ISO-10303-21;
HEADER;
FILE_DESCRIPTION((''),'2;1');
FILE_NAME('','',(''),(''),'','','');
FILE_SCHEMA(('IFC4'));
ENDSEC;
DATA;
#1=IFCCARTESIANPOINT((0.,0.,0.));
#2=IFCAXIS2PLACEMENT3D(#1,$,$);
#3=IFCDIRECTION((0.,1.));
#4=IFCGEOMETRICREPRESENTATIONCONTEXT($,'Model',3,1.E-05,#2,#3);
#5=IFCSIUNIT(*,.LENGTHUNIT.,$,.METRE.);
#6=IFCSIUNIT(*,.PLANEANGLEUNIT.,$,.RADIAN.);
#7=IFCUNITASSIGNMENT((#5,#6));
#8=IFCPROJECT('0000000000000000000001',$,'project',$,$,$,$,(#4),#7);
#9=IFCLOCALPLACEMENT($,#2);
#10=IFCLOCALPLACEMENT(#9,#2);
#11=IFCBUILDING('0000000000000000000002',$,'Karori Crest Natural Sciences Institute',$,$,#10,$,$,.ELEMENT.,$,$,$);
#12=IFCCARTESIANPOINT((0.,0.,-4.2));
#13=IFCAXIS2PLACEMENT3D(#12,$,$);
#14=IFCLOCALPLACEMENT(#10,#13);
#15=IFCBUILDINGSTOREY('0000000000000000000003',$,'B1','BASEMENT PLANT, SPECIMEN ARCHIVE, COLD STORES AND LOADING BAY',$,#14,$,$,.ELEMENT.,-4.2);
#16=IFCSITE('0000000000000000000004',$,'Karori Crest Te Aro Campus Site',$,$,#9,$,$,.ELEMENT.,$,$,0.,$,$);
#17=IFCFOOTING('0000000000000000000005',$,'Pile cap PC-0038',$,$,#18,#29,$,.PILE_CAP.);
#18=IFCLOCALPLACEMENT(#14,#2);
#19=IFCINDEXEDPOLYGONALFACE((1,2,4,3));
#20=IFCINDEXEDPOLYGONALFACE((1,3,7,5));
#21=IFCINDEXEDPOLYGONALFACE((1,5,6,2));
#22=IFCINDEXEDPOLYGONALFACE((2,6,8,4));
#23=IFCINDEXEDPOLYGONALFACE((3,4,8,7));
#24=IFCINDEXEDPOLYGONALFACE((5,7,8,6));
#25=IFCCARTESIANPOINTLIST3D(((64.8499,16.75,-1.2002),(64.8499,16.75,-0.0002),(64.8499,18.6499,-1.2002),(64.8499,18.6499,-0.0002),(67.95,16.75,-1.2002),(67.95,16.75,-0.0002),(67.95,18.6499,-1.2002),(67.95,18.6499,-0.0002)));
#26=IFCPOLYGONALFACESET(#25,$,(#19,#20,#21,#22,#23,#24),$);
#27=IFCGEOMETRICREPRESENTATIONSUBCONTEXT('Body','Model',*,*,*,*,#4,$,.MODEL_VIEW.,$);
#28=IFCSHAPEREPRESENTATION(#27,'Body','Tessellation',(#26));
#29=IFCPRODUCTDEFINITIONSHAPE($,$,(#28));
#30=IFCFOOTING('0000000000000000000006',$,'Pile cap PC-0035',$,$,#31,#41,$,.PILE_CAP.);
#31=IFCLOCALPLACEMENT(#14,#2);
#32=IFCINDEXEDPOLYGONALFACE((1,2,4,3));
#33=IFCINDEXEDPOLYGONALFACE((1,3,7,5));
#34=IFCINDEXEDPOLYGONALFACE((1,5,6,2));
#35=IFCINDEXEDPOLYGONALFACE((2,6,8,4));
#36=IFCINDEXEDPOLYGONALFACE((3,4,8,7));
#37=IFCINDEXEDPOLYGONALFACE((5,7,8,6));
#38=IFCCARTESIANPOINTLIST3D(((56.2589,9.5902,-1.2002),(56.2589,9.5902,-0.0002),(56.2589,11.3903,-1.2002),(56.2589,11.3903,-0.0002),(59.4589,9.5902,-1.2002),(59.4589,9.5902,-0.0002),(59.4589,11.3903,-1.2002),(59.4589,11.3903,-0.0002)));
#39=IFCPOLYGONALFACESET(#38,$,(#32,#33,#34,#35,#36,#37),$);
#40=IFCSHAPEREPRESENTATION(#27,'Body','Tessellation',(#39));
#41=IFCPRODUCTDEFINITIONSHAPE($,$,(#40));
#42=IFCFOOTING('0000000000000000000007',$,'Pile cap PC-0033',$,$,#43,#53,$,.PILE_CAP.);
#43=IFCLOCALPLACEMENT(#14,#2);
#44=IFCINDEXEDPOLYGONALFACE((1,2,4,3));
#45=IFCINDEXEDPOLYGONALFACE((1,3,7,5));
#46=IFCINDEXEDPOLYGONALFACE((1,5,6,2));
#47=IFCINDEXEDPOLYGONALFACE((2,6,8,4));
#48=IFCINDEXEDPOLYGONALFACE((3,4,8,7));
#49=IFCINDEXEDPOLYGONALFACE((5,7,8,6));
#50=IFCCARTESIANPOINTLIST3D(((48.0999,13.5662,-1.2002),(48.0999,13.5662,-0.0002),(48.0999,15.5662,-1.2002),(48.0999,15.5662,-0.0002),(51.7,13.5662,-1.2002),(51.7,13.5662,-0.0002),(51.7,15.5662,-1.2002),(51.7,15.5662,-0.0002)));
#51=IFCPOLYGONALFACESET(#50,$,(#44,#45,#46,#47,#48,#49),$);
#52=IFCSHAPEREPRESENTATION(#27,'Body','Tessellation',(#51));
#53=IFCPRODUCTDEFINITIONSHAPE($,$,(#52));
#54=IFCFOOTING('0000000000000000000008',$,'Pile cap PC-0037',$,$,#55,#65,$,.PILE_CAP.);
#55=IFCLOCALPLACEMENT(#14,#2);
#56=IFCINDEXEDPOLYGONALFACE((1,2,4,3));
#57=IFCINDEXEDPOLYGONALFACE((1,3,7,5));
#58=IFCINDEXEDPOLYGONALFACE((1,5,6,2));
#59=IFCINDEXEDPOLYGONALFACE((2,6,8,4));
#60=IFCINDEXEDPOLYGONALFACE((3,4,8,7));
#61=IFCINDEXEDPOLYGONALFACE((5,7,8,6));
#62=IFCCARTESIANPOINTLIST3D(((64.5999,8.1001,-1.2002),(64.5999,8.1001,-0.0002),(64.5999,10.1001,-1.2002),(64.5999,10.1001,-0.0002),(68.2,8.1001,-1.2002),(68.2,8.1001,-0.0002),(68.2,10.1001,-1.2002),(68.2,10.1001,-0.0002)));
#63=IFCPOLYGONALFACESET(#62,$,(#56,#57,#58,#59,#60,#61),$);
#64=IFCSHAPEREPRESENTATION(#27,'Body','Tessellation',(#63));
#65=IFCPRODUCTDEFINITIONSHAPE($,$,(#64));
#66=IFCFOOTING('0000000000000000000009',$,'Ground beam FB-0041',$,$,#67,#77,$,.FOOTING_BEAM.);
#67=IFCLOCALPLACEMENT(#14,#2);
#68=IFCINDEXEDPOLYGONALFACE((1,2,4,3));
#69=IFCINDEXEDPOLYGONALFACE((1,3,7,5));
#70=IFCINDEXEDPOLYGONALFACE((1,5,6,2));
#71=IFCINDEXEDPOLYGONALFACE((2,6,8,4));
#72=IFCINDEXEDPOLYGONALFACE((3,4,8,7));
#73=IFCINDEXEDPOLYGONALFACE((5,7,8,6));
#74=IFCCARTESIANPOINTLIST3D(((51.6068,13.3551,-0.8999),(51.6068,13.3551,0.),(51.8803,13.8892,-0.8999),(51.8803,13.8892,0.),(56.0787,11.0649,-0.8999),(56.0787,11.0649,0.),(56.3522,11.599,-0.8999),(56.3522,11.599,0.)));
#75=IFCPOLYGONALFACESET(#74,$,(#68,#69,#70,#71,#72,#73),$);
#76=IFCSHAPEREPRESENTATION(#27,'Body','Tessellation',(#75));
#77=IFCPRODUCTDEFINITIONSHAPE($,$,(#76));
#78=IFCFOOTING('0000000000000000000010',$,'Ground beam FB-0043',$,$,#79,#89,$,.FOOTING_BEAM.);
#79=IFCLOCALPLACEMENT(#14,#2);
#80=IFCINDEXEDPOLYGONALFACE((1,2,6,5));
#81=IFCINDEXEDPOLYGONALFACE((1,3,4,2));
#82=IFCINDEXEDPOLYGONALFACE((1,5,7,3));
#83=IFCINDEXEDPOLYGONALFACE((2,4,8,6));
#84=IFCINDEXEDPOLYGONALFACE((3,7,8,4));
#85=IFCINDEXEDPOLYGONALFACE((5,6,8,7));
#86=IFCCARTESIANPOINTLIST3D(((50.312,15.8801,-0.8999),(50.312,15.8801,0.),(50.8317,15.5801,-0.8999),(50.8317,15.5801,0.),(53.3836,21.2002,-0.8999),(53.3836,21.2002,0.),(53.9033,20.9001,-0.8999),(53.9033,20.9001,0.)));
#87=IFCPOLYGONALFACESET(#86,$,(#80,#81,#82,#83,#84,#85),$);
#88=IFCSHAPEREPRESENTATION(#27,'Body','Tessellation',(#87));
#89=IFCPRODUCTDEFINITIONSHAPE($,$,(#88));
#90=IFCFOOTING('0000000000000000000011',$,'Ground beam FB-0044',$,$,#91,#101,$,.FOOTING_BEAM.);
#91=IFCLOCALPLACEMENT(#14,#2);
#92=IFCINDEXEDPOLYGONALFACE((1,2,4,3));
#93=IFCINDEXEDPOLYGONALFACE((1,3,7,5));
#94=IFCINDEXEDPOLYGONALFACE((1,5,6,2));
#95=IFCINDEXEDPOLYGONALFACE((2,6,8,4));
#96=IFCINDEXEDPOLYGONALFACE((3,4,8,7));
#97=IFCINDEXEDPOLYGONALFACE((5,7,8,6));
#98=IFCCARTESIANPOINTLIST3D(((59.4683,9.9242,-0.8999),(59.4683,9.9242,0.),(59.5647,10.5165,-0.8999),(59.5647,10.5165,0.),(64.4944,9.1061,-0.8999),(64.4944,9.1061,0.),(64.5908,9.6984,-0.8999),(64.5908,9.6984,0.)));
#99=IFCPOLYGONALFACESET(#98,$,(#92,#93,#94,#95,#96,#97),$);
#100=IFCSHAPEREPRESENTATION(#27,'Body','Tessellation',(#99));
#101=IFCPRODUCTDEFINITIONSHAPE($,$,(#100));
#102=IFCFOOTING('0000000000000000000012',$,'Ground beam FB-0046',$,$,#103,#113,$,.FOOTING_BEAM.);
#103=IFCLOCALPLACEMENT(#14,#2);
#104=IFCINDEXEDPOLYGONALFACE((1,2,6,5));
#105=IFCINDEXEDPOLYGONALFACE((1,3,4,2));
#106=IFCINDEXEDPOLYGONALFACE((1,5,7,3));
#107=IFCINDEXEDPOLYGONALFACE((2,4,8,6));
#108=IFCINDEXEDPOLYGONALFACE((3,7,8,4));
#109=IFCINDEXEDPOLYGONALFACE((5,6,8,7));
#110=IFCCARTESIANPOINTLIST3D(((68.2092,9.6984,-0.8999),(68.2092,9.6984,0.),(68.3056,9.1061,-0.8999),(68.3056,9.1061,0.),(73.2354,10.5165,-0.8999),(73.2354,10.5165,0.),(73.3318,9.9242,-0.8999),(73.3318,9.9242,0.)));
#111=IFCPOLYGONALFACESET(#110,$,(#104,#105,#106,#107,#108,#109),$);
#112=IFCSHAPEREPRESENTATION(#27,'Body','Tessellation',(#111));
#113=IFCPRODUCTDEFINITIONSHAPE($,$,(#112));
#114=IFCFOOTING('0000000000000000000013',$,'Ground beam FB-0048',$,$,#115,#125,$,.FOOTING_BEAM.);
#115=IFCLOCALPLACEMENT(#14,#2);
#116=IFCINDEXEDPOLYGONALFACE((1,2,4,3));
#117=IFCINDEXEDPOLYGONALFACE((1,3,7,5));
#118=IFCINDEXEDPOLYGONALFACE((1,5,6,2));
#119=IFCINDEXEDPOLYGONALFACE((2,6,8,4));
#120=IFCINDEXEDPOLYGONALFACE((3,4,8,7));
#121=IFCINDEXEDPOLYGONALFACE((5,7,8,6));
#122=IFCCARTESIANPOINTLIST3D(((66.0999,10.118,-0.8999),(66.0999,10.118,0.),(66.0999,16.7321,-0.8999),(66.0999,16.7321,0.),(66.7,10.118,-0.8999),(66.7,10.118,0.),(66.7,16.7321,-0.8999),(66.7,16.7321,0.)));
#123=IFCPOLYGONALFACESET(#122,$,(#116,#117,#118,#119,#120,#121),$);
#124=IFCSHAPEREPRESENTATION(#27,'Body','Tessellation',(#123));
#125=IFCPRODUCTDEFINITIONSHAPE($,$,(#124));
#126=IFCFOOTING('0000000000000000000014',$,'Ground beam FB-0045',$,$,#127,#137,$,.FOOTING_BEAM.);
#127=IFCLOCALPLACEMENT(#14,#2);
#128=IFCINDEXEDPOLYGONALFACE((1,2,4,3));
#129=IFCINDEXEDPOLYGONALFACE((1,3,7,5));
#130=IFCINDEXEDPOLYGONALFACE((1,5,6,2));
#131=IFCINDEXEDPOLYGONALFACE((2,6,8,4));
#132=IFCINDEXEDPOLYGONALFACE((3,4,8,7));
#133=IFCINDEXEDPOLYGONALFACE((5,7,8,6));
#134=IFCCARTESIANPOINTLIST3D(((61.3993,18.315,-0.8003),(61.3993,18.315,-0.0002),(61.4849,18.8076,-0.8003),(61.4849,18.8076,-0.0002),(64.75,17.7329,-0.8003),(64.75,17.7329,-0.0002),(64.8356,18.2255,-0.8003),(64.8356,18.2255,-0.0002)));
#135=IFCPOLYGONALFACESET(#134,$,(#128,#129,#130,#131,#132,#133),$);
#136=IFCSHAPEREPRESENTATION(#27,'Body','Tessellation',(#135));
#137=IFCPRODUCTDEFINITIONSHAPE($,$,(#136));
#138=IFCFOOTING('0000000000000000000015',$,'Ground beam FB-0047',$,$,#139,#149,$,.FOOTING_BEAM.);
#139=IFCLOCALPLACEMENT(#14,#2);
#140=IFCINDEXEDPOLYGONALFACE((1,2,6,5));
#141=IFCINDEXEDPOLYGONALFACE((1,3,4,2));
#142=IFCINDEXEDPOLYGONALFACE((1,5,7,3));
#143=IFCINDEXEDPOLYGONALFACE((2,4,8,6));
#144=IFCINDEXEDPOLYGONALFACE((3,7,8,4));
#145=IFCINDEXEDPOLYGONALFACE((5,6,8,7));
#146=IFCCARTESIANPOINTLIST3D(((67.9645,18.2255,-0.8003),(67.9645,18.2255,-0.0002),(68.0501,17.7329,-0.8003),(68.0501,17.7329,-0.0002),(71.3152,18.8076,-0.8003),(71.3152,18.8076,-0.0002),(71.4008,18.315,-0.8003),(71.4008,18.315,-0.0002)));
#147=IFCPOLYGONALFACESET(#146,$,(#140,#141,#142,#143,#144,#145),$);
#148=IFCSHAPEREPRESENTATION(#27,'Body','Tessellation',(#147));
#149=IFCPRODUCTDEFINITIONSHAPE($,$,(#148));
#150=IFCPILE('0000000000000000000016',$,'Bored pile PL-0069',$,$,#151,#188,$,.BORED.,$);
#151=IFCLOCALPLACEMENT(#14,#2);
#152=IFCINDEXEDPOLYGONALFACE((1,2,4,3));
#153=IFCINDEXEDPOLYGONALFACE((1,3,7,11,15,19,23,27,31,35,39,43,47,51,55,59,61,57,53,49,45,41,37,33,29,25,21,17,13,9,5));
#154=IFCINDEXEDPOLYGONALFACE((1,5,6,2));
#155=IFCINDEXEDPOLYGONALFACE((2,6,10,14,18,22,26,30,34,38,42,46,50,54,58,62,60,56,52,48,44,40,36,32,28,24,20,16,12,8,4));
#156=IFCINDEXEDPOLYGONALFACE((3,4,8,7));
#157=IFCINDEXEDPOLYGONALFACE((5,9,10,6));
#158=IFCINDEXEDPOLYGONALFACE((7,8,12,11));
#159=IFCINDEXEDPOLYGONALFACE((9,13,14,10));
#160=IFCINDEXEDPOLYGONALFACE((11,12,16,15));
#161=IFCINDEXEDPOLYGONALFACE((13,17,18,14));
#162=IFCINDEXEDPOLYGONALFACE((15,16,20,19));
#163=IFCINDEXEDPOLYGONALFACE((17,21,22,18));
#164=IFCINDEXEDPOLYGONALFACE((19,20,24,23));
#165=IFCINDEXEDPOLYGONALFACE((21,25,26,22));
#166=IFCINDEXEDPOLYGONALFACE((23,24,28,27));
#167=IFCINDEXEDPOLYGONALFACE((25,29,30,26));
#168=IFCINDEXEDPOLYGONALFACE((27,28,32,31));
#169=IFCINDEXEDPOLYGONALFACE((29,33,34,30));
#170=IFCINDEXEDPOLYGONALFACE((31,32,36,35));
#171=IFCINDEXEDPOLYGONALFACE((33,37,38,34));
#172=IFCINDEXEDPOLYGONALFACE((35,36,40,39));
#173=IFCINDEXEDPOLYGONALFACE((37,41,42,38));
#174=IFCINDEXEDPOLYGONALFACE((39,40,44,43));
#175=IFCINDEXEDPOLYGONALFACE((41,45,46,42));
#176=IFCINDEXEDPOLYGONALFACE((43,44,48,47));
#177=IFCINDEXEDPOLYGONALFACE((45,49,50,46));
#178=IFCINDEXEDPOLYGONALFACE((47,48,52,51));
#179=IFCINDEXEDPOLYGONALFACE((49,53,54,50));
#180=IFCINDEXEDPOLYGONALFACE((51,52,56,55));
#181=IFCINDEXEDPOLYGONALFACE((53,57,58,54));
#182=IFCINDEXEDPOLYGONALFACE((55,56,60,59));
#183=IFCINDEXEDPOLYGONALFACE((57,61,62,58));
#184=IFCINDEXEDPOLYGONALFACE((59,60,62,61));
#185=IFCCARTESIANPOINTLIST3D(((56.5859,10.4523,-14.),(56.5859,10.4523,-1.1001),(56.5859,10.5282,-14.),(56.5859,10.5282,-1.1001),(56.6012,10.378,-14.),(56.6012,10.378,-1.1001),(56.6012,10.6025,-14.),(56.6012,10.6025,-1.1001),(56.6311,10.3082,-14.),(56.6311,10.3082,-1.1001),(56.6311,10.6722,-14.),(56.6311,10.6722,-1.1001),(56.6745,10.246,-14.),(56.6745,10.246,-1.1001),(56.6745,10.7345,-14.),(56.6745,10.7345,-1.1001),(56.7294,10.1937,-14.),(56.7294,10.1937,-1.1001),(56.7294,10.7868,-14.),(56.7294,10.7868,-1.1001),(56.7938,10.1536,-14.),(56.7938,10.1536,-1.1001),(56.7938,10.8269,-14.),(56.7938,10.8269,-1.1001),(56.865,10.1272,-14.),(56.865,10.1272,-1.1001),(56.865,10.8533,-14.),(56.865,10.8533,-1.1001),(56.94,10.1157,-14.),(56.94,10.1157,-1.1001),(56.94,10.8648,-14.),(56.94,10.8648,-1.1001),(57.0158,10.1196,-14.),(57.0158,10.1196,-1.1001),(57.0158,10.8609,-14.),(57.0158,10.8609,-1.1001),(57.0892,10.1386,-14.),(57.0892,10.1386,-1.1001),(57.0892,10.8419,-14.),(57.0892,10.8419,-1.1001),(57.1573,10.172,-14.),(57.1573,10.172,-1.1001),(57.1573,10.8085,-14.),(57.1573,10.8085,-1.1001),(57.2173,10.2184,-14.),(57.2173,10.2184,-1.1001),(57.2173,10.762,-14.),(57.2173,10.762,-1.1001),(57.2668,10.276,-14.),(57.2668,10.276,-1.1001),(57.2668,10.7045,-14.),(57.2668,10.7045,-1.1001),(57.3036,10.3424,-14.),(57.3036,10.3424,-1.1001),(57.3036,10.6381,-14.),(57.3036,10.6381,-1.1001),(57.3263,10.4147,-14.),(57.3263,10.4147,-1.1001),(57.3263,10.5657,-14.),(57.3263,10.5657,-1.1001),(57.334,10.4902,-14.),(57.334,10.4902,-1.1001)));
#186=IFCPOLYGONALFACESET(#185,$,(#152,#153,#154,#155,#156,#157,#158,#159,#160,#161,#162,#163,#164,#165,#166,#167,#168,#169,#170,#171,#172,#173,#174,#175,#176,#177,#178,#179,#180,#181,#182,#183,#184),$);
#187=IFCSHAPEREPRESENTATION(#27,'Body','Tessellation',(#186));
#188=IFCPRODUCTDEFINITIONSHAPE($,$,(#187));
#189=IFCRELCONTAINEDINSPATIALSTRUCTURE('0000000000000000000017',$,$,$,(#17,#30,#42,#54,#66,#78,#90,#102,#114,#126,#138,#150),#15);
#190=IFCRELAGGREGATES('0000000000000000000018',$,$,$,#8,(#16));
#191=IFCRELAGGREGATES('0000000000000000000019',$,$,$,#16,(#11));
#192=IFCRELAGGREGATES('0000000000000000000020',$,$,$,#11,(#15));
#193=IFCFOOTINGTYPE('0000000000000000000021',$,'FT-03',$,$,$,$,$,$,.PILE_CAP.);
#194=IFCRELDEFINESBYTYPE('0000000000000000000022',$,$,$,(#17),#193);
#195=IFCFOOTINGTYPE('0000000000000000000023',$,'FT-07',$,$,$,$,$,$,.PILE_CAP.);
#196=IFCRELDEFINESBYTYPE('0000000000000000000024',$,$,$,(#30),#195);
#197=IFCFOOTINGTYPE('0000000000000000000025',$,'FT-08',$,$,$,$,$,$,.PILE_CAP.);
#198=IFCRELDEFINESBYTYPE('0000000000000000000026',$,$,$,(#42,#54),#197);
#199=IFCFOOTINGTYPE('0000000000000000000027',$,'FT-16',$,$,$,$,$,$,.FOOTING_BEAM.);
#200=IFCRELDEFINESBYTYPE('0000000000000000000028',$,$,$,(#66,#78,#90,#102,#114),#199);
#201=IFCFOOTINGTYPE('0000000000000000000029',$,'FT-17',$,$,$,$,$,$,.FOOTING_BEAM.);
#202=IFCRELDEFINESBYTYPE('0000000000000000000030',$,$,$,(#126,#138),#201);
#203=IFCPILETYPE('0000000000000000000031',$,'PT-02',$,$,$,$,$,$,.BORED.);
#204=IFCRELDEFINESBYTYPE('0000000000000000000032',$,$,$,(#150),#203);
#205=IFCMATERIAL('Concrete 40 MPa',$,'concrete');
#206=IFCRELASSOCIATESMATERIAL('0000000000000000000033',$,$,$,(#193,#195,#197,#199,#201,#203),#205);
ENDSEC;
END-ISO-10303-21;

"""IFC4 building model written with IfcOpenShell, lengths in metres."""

from ifc_helpers import new_model, si_unit, direction, frame, origin, origin_2d, place, context, subcontext, project, spatial, rectangle, circle, extrude, material, material_profile, profile_set, type_object, element, save


model = new_model("IFC4")

# Units and contexts
model_context = context("Model", 3, precision=1e-05, world=origin(), true_north=direction((0.0, 1.0)))
body_context = subcontext(model_context, "Body", "Model", "MODEL_VIEW")
ifc_project = project(units=[si_unit("LENGTHUNIT", "METRE"), si_unit("PLANEANGLEUNIT", "RADIAN")], contexts=[model_context])

# Site, building, storey
site_placement = place(None, origin())
site = spatial("IfcSite", under=ifc_project, at=site_placement, Name="Karori Crest Te Aro Campus Site", CompositionType="ELEMENT", RefElevation=0.0)
building_placement = place(site_placement, origin())
building = spatial("IfcBuilding", under=site, at=building_placement, Name="Karori Crest Natural Sciences Institute", CompositionType="ELEMENT")
storey_placement = place(building_placement, frame((0.0, 0.0, -4.2)))
storey = spatial("IfcBuildingStorey", under=building, at=storey_placement, Name="B1", Description="BASEMENT PLANT, SPECIMEN ARCHIVE, COLD STORES AND LOADING BAY", CompositionType="ELEMENT", Elevation=-4.2)

# Footings
ifc_material_1 = material(Name="Concrete 40 MPa", Category="concrete")
footing_type_1 = type_object("IfcFootingType", Name="FT-03", PredefinedType="PILE_CAP", material=ifc_material_1)
footing_1_placement = place(storey_placement, frame((66.3999, 17.7, -1.2002), z_axis=(0.0, 0.0, 1.0), x_axis=(1.0, 0.0, 0.0)))
element("IfcFooting", 1, at=footing_1_placement, inside=storey, type_object=footing_type_1, Name="Pile cap PC-0038", PredefinedType="PILE_CAP", context=body_context, shape_type="SweptSolid", body=[
    extrude(rectangle(XDim=3.1001, YDim=1.8999, at=origin_2d()), origin(), (0.0, 0.0, 1.0), 1.2),
])
footing_type_2 = type_object("IfcFootingType", Name="FT-07", PredefinedType="PILE_CAP", material=ifc_material_1)
footing_2_placement = place(storey_placement, frame((57.8589, 10.4902, -1.2002), z_axis=(0.0, 0.0, 1.0), x_axis=(1.0, 0.0, 0.0)))
element("IfcFooting", 2, at=footing_2_placement, inside=storey, type_object=footing_type_2, Name="Pile cap PC-0035", PredefinedType="PILE_CAP", context=body_context, shape_type="SweptSolid", body=[
    extrude(rectangle(XDim=3.2, YDim=1.8, at=origin_2d()), origin(), (0.0, 0.0, 1.0), 1.2),
])
footing_type_3 = type_object("IfcFootingType", Name="FT-08", PredefinedType="PILE_CAP", material=ifc_material_1)
for number, where, z_axis, x_axis, name in (
    (3, (49.8999, 14.5662, -1.2002), (0.0, 0.0, 1.0), (1.0, 0.0, 0.0), "Pile cap PC-0033"),
    (4, (66.3999, 9.1001, -1.2002), (0.0, 0.0, 1.0), (1.0, 0.0, 0.0), "Pile cap PC-0037"),
):
    element("IfcFooting", number, at=place(storey_placement, frame(where, z_axis=z_axis, x_axis=x_axis)), inside=storey, type_object=footing_type_3, Name=name, PredefinedType="PILE_CAP", context=body_context, shape_type="SweptSolid", body=[
        extrude(rectangle(XDim=3.6001, YDim=2.0, at=origin_2d()), origin(), (0.0, 0.0, 1.0), 1.2),
    ])
footing_type_4 = type_object("IfcFootingType", Name="FT-16", PredefinedType="FOOTING_BEAM", material=ifc_material_1)
footing_3_placement = place(storey_placement, frame((53.9795, 12.4771, -0.8999), z_axis=(0.0, 0.0, 1.0), x_axis=(-0.890069, 0.455826, 0.0)))
element("IfcFooting", 5, at=footing_3_placement, inside=storey, type_object=footing_type_4, Name="Ground beam FB-0041", PredefinedType="FOOTING_BEAM", context=body_context, shape_type="SweptSolid", body=[
    extrude(rectangle(XDim=5.0242, YDim=0.6001, at=origin_2d()), origin(), (0.0, 0.0, 1.0), 0.8999),
])
footing_4_placement = place(storey_placement, frame((52.1077, 18.3901, -0.8999), z_axis=(0.0, 0.0, 1.0), x_axis=(0.500002, 0.866025, 0.0)))
element("IfcFooting", 6, at=footing_4_placement, inside=storey, type_object=footing_type_4, Name="Ground beam FB-0043", PredefinedType="FOOTING_BEAM", context=body_context, shape_type="SweptSolid", body=[
    extrude(rectangle(XDim=6.1431, YDim=0.6001, at=origin_2d()), origin(), (0.0, 0.0, 1.0), 0.8999),
])
for number, where, z_axis, x_axis, name in (
    (7, (62.0295, 9.8113, -0.8999), (0.0, 0.0, 1.0), (-0.987011, 0.160653, 0.0), "Ground beam FB-0044"),
    (8, (70.7705, 9.8113, -0.8999), (0.0, 0.0, 1.0), (0.987011, 0.160653, 0.0), "Ground beam FB-0046"),
):
    element("IfcFooting", number, at=place(storey_placement, frame(where, z_axis=z_axis, x_axis=x_axis)), inside=storey, type_object=footing_type_4, Name=name, PredefinedType="FOOTING_BEAM", context=body_context, shape_type="SweptSolid", body=[
        extrude(rectangle(XDim=5.0923, YDim=0.6001, at=origin_2d()), origin(), (0.0, 0.0, 1.0), 0.8999),
    ])
footing_5_placement = place(storey_placement, frame((66.3999, 13.425, -0.8999), z_axis=(0.0, 0.0, 1.0), x_axis=(0.0, 1.0, 0.0)))
element("IfcFooting", 9, at=footing_5_placement, inside=storey, type_object=footing_type_4, Name="Ground beam FB-0048", PredefinedType="FOOTING_BEAM", context=body_context, shape_type="SweptSolid", body=[
    extrude(rectangle(XDim=6.614, YDim=0.6001, at=origin_2d()), origin(), (0.0, 0.0, 1.0), 0.8999),
])
footing_type_5 = type_object("IfcFootingType", Name="FT-17", PredefinedType="FOOTING_BEAM", material=ifc_material_1)
for number, where, z_axis, x_axis, name in (
    (10, (63.1174, 18.2703, -0.8003), (0.0, 0.0, 1.0), (-0.98524, 0.171176, 0.0), "Ground beam FB-0045"),
    (11, (69.6826, 18.2703, -0.8003), (0.0, 0.0, 1.0), (0.98524, 0.171176, 0.0), "Ground beam FB-0047"),
):
    element("IfcFooting", number, at=place(storey_placement, frame(where, z_axis=z_axis, x_axis=x_axis)), inside=storey, type_object=footing_type_5, Name=name, PredefinedType="FOOTING_BEAM", context=body_context, shape_type="SweptSolid", body=[
        extrude(rectangle(XDim=3.4009, YDim=0.5, at=origin_2d()), origin(), (0.0, 0.0, 1.0), 0.8),
    ])

# Pile
ifc_material_profile_1 = material_profile(ifc_material_1, circle(Radius=0.375, at=origin_2d()), Name="PILE750")
ifc_profile_set_1 = profile_set([ifc_material_profile_1], Name="Concrete 40 MPa")
pile_type_1 = type_object("IfcPileType", Name="PT-02", PredefinedType="BORED", material=ifc_profile_set_1)
for number, where, z_axis, x_axis, name in (
    (12, (56.959, 10.4902, -1.1001), (0.0, 0.0, -1.0), (1.0, 0.0, 0.0), "Bored pile PL-0069"),
):
    element("IfcPile", number, at=place(storey_placement, frame(where, z_axis=z_axis, x_axis=x_axis)), inside=storey, type_object=pile_type_1, Name=name, PredefinedType="BORED", context=body_context, shape_type="SweptSolid", body=[
        extrude(circle(Radius=0.375, at=origin_2d()), origin(), (0.0, 0.0, 1.0), 12.8999),
    ])

save(model, "model.ifc")
